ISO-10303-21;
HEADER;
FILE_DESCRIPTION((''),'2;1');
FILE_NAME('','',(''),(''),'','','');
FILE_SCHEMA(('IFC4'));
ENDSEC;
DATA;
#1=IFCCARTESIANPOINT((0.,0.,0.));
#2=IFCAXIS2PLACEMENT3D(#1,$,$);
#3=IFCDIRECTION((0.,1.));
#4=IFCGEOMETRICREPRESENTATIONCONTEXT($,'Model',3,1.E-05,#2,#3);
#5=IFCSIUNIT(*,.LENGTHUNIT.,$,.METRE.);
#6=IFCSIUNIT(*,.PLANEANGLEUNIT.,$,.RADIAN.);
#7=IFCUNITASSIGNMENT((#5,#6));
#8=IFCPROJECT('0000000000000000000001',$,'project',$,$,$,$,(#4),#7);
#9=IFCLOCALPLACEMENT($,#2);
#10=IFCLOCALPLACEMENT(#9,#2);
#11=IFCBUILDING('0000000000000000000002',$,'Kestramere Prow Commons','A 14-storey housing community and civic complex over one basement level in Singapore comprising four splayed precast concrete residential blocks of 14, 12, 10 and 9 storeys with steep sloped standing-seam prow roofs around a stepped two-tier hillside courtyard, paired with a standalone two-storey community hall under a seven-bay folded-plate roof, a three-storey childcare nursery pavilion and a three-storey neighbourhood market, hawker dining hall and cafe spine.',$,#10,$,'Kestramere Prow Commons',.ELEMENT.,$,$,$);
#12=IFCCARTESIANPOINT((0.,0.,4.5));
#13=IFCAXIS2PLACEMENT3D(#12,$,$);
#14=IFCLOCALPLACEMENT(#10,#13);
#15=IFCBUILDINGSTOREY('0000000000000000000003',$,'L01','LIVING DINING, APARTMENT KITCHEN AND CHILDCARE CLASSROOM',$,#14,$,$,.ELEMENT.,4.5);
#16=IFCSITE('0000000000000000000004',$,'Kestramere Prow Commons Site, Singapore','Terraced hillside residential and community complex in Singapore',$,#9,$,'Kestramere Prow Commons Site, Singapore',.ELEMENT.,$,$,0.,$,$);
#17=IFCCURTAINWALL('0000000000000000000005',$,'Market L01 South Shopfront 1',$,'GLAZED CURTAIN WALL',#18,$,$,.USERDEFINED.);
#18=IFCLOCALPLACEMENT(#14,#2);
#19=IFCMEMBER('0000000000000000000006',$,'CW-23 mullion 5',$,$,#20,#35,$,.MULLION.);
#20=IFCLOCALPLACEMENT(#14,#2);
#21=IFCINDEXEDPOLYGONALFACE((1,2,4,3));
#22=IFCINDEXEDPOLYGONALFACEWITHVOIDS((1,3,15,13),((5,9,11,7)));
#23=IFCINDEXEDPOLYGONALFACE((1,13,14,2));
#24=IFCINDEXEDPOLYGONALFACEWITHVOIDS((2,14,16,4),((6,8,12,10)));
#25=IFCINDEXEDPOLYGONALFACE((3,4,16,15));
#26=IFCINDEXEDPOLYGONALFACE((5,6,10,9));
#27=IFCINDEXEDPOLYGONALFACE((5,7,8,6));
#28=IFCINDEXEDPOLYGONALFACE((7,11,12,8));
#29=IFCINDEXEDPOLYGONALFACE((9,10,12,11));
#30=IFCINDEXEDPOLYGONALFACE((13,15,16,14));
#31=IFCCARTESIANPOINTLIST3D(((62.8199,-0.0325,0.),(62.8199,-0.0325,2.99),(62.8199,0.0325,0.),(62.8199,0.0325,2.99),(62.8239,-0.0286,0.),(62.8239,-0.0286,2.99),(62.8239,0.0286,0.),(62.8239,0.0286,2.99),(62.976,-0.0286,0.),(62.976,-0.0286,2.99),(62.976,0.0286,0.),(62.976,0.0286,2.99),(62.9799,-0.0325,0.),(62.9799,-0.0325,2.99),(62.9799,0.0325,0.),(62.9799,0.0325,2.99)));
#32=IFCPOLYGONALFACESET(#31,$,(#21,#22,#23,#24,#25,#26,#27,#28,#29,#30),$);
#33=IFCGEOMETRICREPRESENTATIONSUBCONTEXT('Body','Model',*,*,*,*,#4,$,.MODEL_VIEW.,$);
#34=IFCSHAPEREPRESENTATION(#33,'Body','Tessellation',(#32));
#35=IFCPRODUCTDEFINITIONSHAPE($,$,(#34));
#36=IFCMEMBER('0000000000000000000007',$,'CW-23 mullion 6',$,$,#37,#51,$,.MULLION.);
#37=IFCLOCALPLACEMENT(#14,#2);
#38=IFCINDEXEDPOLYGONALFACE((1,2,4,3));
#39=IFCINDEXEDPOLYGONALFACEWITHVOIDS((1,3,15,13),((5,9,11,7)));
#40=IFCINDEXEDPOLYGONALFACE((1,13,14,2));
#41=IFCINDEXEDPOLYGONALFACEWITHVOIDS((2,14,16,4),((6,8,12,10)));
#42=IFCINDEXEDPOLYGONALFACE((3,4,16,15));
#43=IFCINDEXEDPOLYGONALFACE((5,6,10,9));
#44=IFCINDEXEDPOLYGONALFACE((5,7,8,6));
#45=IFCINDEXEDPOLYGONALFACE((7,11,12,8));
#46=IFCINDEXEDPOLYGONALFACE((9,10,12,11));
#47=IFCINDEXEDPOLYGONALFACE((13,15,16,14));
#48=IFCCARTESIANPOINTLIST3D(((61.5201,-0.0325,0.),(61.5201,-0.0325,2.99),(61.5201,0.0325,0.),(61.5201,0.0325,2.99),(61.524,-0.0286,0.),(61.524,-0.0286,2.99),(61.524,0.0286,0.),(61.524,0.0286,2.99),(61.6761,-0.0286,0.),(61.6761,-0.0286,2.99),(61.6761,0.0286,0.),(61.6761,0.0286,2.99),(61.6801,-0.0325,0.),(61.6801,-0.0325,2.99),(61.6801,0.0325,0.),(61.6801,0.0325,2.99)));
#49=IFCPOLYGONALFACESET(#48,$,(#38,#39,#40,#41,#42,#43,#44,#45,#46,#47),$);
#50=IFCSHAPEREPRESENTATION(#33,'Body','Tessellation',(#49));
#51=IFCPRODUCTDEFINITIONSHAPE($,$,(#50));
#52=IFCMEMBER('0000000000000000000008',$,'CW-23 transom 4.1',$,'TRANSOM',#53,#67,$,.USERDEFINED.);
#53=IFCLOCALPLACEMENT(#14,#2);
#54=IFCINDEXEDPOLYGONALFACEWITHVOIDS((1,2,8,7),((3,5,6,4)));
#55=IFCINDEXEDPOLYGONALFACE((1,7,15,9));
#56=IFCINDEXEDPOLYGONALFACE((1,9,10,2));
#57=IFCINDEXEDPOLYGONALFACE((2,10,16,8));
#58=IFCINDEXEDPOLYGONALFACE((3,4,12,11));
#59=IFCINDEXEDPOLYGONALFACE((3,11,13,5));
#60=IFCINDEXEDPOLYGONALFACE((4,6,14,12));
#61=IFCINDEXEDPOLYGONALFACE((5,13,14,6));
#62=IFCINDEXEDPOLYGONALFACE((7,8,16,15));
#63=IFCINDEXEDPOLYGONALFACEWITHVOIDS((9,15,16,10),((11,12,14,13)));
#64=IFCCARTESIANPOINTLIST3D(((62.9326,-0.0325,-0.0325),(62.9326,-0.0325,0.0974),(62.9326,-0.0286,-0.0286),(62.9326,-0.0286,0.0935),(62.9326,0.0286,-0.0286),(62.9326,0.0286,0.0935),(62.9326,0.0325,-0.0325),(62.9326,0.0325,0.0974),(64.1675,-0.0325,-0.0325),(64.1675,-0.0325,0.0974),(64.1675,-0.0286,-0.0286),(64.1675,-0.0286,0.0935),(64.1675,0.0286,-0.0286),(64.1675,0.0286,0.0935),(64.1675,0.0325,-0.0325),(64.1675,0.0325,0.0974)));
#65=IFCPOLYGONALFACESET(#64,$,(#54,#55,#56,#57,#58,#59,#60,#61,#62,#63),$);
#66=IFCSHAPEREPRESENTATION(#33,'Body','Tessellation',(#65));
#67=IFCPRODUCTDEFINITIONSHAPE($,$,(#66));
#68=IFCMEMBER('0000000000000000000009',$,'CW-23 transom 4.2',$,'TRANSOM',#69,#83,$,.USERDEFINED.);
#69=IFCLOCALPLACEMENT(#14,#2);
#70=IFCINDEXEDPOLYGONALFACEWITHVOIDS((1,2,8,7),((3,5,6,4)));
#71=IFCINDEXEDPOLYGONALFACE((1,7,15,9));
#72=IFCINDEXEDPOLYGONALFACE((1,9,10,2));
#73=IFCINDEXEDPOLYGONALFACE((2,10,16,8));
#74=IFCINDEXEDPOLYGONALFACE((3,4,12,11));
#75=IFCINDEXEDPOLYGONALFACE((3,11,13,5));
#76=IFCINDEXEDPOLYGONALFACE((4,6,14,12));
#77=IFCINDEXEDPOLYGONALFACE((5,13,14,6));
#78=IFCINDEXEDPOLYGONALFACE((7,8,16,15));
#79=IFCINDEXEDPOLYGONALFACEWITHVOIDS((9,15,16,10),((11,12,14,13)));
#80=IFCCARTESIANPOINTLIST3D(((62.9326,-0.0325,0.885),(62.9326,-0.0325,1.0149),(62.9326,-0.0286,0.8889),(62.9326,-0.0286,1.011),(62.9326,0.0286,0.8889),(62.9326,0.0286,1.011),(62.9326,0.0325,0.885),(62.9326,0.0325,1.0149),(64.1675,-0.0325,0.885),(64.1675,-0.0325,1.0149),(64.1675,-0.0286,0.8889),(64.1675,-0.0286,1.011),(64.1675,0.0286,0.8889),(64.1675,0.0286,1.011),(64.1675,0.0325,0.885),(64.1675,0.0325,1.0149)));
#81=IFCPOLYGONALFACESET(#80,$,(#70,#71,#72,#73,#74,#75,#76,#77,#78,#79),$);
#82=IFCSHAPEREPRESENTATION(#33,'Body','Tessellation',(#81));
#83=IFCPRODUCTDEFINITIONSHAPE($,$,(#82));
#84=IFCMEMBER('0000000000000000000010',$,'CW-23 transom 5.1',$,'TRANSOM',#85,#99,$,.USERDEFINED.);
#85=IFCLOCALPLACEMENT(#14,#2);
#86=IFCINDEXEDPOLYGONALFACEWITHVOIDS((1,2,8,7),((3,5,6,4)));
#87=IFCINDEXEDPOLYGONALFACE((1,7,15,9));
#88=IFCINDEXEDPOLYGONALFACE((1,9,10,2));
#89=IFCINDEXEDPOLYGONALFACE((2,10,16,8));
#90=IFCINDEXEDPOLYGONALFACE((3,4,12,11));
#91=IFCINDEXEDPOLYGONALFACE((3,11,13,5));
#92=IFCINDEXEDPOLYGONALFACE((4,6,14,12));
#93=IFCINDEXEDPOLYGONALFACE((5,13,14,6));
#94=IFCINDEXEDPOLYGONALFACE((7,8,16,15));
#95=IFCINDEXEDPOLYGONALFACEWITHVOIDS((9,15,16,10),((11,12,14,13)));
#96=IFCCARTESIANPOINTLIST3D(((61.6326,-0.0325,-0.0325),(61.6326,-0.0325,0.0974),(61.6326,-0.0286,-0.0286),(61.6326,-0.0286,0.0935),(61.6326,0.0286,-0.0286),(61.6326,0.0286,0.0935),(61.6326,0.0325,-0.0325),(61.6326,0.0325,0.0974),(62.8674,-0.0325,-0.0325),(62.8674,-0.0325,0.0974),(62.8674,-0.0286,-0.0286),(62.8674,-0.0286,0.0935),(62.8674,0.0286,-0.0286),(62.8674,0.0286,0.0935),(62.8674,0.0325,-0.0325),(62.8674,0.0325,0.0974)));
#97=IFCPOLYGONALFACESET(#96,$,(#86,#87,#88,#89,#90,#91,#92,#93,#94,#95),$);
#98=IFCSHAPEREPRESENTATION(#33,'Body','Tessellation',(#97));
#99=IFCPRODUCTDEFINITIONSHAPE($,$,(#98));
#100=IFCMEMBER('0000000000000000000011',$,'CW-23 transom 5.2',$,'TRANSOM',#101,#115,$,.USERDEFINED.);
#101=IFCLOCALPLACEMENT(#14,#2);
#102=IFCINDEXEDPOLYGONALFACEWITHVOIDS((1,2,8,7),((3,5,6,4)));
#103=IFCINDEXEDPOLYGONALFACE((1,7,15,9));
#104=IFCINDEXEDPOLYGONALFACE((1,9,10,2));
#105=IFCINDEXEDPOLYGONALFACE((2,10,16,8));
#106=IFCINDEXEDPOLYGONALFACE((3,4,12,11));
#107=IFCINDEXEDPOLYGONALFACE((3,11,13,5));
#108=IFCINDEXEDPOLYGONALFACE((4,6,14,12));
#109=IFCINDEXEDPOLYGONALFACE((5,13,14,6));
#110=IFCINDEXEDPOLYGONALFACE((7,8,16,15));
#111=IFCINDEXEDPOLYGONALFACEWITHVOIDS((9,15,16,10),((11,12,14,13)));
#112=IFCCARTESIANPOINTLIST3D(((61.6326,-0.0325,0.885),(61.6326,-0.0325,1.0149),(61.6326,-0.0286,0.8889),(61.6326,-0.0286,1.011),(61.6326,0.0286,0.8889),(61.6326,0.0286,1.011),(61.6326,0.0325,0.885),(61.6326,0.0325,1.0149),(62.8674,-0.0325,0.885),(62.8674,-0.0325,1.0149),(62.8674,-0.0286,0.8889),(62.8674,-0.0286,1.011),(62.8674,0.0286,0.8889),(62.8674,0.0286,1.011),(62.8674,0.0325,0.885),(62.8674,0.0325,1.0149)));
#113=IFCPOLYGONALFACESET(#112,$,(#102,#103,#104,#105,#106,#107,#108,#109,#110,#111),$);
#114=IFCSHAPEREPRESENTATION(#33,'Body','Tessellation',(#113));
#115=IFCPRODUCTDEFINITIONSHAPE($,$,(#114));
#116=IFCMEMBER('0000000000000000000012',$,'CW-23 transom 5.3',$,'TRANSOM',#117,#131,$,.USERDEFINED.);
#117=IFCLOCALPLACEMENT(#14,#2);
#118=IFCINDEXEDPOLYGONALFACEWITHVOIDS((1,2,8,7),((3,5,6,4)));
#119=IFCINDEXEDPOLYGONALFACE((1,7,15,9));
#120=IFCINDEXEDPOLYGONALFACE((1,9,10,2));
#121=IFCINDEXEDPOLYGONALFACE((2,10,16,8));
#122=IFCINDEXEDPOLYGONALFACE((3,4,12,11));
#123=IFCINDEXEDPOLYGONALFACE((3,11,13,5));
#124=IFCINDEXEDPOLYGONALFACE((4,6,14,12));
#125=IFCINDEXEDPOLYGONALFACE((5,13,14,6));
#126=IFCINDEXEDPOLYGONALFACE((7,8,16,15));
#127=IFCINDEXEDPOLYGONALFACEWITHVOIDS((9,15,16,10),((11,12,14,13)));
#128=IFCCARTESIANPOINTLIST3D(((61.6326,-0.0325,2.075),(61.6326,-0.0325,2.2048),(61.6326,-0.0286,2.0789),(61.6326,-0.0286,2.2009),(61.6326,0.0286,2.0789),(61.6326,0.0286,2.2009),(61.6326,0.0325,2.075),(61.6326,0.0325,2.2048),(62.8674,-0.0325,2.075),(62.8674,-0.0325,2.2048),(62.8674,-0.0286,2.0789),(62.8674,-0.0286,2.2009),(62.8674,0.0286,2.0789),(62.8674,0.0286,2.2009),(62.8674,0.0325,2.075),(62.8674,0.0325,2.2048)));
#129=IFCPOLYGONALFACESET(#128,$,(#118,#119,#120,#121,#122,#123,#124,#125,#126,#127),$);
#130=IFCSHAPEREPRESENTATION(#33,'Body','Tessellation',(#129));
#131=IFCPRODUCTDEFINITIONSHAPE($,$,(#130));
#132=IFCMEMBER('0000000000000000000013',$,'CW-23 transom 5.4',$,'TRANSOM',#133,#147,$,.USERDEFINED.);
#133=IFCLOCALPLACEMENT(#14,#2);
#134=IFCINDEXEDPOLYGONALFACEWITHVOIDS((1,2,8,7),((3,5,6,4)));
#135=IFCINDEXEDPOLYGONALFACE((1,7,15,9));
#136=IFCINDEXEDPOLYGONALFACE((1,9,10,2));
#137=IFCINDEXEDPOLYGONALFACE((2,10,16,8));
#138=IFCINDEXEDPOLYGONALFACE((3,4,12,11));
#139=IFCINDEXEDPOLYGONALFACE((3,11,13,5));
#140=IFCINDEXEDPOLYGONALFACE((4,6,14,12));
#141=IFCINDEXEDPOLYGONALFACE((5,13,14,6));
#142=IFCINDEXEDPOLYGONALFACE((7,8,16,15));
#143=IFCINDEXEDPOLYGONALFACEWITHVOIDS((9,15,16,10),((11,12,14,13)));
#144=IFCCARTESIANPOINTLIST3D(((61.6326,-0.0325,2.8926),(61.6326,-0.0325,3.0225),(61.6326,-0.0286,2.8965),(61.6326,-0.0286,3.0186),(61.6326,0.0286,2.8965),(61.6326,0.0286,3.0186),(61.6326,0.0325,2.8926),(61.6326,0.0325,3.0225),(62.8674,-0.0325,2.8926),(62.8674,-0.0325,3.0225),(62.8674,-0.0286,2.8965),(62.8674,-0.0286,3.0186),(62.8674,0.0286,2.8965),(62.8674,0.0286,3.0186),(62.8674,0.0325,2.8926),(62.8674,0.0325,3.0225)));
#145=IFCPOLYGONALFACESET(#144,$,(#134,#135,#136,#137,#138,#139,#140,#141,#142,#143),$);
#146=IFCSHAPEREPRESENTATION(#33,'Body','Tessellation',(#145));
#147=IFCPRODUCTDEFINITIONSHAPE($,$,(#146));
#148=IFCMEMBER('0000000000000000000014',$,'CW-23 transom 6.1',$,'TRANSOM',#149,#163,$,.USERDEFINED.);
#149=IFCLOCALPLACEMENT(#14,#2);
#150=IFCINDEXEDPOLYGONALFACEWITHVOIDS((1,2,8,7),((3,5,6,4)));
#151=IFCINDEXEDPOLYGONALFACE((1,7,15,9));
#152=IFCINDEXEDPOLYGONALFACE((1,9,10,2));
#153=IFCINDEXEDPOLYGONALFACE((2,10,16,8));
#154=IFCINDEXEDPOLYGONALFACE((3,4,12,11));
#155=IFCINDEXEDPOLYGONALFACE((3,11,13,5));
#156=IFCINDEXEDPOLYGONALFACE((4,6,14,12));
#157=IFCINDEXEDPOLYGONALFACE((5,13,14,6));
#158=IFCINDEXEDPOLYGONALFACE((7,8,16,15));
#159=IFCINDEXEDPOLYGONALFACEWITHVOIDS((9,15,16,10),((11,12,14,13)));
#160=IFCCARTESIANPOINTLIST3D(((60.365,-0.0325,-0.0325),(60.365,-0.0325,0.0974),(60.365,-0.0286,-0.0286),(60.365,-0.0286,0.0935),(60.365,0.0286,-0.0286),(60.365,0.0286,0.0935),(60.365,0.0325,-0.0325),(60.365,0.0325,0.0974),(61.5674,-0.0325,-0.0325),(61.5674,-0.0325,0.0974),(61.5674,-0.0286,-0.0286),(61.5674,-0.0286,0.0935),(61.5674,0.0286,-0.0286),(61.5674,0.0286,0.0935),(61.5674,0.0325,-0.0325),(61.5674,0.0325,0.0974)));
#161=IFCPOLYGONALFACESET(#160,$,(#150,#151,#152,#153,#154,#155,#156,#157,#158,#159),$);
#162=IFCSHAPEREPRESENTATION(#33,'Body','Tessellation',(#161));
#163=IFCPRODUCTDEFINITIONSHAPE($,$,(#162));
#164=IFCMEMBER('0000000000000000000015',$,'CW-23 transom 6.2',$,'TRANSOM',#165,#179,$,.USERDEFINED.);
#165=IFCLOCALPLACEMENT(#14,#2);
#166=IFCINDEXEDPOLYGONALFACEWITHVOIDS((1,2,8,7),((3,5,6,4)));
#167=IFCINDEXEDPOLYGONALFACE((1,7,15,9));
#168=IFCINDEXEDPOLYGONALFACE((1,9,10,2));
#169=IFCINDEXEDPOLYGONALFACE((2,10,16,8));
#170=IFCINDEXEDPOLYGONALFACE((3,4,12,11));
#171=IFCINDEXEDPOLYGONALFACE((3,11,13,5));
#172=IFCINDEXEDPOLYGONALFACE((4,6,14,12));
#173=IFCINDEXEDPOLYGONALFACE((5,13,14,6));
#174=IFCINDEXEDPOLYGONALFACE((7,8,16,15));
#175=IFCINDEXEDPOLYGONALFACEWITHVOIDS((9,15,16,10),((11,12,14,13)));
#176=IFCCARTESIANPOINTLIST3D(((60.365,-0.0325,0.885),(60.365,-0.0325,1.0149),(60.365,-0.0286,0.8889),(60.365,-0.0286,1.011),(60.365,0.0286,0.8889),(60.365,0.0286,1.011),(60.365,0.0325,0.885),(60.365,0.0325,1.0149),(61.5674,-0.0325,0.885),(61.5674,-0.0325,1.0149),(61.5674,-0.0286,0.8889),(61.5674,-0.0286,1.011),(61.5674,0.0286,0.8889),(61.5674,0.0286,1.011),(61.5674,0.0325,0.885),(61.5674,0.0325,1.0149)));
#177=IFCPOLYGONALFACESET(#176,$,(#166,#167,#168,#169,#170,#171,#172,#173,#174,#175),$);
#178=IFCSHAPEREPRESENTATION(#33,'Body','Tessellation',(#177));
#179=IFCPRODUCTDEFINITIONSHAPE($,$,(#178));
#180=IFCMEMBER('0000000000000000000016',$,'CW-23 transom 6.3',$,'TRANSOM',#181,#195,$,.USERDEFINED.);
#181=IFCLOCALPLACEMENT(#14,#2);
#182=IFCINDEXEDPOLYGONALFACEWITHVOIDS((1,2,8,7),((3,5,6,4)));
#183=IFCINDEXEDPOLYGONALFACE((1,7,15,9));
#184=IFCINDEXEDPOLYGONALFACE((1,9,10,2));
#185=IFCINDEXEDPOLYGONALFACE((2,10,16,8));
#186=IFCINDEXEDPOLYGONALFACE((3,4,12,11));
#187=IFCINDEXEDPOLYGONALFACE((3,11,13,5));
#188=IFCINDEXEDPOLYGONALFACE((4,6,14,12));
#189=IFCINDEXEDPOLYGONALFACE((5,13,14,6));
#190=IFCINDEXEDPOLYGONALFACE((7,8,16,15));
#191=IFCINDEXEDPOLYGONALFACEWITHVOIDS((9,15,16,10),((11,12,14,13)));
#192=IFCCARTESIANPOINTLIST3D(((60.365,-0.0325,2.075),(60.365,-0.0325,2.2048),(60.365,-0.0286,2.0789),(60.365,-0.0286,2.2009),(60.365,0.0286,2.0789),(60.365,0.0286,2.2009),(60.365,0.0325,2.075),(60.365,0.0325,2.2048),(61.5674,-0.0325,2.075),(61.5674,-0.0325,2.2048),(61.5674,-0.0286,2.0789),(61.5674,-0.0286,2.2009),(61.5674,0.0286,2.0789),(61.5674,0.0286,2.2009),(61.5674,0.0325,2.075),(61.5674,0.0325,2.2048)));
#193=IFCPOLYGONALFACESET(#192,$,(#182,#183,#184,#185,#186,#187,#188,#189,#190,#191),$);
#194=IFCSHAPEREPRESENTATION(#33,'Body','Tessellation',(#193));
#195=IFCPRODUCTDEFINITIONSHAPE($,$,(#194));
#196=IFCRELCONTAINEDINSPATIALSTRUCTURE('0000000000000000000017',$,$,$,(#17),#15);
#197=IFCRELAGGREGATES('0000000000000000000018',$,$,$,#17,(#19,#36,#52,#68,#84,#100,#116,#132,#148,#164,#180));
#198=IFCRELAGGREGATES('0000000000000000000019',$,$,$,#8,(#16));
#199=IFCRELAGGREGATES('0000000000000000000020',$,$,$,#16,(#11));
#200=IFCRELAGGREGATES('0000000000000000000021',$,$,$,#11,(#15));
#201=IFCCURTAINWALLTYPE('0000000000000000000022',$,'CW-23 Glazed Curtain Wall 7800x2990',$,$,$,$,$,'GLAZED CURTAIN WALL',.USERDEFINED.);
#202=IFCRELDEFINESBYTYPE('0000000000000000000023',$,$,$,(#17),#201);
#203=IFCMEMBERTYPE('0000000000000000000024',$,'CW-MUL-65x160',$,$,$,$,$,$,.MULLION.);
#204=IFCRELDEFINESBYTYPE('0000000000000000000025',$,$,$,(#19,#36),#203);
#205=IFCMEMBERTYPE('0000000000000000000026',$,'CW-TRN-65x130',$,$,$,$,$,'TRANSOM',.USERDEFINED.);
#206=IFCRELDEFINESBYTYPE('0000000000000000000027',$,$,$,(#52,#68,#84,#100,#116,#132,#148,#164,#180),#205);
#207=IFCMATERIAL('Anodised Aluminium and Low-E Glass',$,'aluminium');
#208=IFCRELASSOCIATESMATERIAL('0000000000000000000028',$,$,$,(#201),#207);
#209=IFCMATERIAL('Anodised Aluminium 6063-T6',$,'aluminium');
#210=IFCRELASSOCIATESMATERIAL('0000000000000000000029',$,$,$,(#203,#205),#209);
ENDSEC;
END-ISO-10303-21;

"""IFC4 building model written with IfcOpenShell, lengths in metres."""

from ifc_helpers import new_model, si_unit, direction, frame, origin, origin_2d, place, context, subcontext, project, spatial, hollow_rectangle, extrude, material, material_profile, profile_set, type_object, element, aggregate, save


model = new_model("IFC4")

# Units and contexts
model_context = context("Model", 3, precision=1e-05, world=origin(), true_north=direction((0.0, 1.0)))
body_context = subcontext(model_context, "Body", "Model", "MODEL_VIEW")
ifc_project = project(units=[si_unit("LENGTHUNIT", "METRE"), si_unit("PLANEANGLEUNIT", "RADIAN")], contexts=[model_context])

# Site, building, storey
site_placement = place(None, origin())
site = spatial("IfcSite", under=ifc_project, at=site_placement, Name="Kestramere Prow Commons Site, Singapore", Description="Terraced hillside residential and community complex in Singapore", LongName="Kestramere Prow Commons Site, Singapore", CompositionType="ELEMENT", RefElevation=0.0)
building_placement = place(site_placement, origin())
building = spatial("IfcBuilding", under=site, at=building_placement, Name="Kestramere Prow Commons", Description="A 14-storey housing community and civic complex over one basement level in Singapore comprising four splayed precast concrete residential blocks of 14, 12, 10 and 9 storeys with steep sloped standing-seam prow roofs around a stepped two-tier hillside courtyard, paired with a standalone two-storey community hall under a seven-bay folded-plate roof, a three-storey childcare nursery pavilion and a three-storey neighbourhood market, hawker dining hall and cafe spine.", LongName="Kestramere Prow Commons", CompositionType="ELEMENT")
storey_placement = place(building_placement, frame((0.0, 0.0, 4.5)))
storey = spatial("IfcBuildingStorey", under=building, at=storey_placement, Name="L01", Description="LIVING DINING, APARTMENT KITCHEN AND CHILDCARE CLASSROOM", CompositionType="ELEMENT", Elevation=4.5)

# Curtain wall, members
ifc_material_1 = material(Name="Anodised Aluminium and Low-E Glass", Category="aluminium")
curtain_wall_type = type_object("IfcCurtainWallType", Name="CW-23 Glazed Curtain Wall 7800x2990", ElementType="GLAZED CURTAIN WALL", PredefinedType="USERDEFINED", material=ifc_material_1)
curtain_wall_placement = place(storey_placement, origin())
curtain_wall = element("IfcCurtainWall", 1, at=curtain_wall_placement, inside=storey, type_object=curtain_wall_type, Name="Market L01 South Shopfront 1", ObjectType="GLAZED CURTAIN WALL", PredefinedType="USERDEFINED")
ifc_material_2 = material(Name="Anodised Aluminium 6063-T6", Category="aluminium")
ifc_material_profile_1 = material_profile(ifc_material_2, hollow_rectangle(XDim=0.0649, YDim=0.1599, WallThickness=0.0039, at=origin_2d()), Name="ALU-MUL 65x160")
ifc_profile_set_1 = profile_set([ifc_material_profile_1], Name="Anodised Aluminium 6063-T6")
member_type_1 = type_object("IfcMemberType", Name="CW-MUL-65x160", PredefinedType="MULLION", material=ifc_profile_set_1)
member_1_placement = place(storey_placement, frame((62.8999, 0.0, 0.0), z_axis=(0.0, 0.0, 1.0), x_axis=(0.0, -1.0, 0.0)))
member_1 = element("IfcMember", 2, at=member_1_placement, type_object=member_type_1, Name="CW-23 mullion 5", PredefinedType="MULLION", context=body_context, shape_type="SweptSolid", body=[
    extrude(hollow_rectangle(XDim=0.0649, YDim=0.1599, WallThickness=0.0039, at=origin_2d()), origin(), (0.0, 0.0, 1.0), 2.99),
])
member_2_placement = place(storey_placement, frame((61.6001, 0.0, 0.0), z_axis=(0.0, 0.0, 1.0), x_axis=(0.0, -1.0, 0.0)))
member_2 = element("IfcMember", 3, at=member_2_placement, type_object=member_type_1, Name="CW-23 mullion 6", PredefinedType="MULLION", context=body_context, shape_type="SweptSolid", body=[
    extrude(hollow_rectangle(XDim=0.0649, YDim=0.1599, WallThickness=0.0039, at=origin_2d()), origin(), (0.0, 0.0, 1.0), 2.99),
])
ifc_material_profile_2 = material_profile(ifc_material_2, hollow_rectangle(XDim=0.0649, YDim=0.1299, WallThickness=0.0039, at=origin_2d()), Name="ALU-TRN 65x130")
ifc_profile_set_2 = profile_set([ifc_material_profile_2], Name="Anodised Aluminium 6063-T6")
member_type_2 = type_object("IfcMemberType", Name="CW-TRN-65x130", ElementType="TRANSOM", PredefinedType="USERDEFINED", material=ifc_profile_set_2)
member_3_placement = place(storey_placement, frame((64.1675, 0.0, 0.0325), z_axis=(-1.0, 0.0, 0.0), x_axis=(0.0, -1.0, 0.0)))
member_3 = element("IfcMember", 4, at=member_3_placement, type_object=member_type_2, Name="CW-23 transom 4.1", ObjectType="TRANSOM", PredefinedType="USERDEFINED", context=body_context, shape_type="SweptSolid", body=[
    extrude(hollow_rectangle(XDim=0.0649, YDim=0.1299, WallThickness=0.0039, at=origin_2d()), origin(), (0.0, 0.0, 1.0), 1.2349),
])
member_4_placement = place(storey_placement, frame((64.1675, 0.0, 0.95), z_axis=(-1.0, 0.0, 0.0), x_axis=(0.0, -1.0, 0.0)))
member_4 = element("IfcMember", 5, at=member_4_placement, type_object=member_type_2, Name="CW-23 transom 4.2", ObjectType="TRANSOM", PredefinedType="USERDEFINED", context=body_context, shape_type="SweptSolid", body=[
    extrude(hollow_rectangle(XDim=0.0649, YDim=0.1299, WallThickness=0.0039, at=origin_2d()), origin(), (0.0, 0.0, 1.0), 1.2349),
])
member_5_placement = place(storey_placement, frame((62.8674, 0.0, 0.0325), z_axis=(-1.0, 0.0, 0.0), x_axis=(0.0, -1.0, 0.0)))
member_5 = element("IfcMember", 6, at=member_5_placement, type_object=member_type_2, Name="CW-23 transom 5.1", ObjectType="TRANSOM", PredefinedType="USERDEFINED", context=body_context, shape_type="SweptSolid", body=[
    extrude(hollow_rectangle(XDim=0.0649, YDim=0.1299, WallThickness=0.0039, at=origin_2d()), origin(), (0.0, 0.0, 1.0), 1.2349),
])
member_6_placement = place(storey_placement, frame((62.8674, 0.0, 0.95), z_axis=(-1.0, 0.0, 0.0), x_axis=(0.0, -1.0, 0.0)))
member_6 = element("IfcMember", 7, at=member_6_placement, type_object=member_type_2, Name="CW-23 transom 5.2", ObjectType="TRANSOM", PredefinedType="USERDEFINED", context=body_context, shape_type="SweptSolid", body=[
    extrude(hollow_rectangle(XDim=0.0649, YDim=0.1299, WallThickness=0.0039, at=origin_2d()), origin(), (0.0, 0.0, 1.0), 1.2349),
])
member_7_placement = place(storey_placement, frame((62.8674, 0.0, 2.1399), z_axis=(-1.0, 0.0, 0.0), x_axis=(0.0, -1.0, 0.0)))
member_7 = element("IfcMember", 8, at=member_7_placement, type_object=member_type_2, Name="CW-23 transom 5.3", ObjectType="TRANSOM", PredefinedType="USERDEFINED", context=body_context, shape_type="SweptSolid", body=[
    extrude(hollow_rectangle(XDim=0.0649, YDim=0.1299, WallThickness=0.0039, at=origin_2d()), origin(), (0.0, 0.0, 1.0), 1.2349),
])
member_8_placement = place(storey_placement, frame((62.8674, 0.0, 2.9575), z_axis=(-1.0, 0.0, 0.0), x_axis=(0.0, -1.0, 0.0)))
member_8 = element("IfcMember", 9, at=member_8_placement, type_object=member_type_2, Name="CW-23 transom 5.4", ObjectType="TRANSOM", PredefinedType="USERDEFINED", context=body_context, shape_type="SweptSolid", body=[
    extrude(hollow_rectangle(XDim=0.0649, YDim=0.1299, WallThickness=0.0039, at=origin_2d()), origin(), (0.0, 0.0, 1.0), 1.2349),
])
member_9_placement = place(storey_placement, frame((61.5674, 0.0, 0.0325), z_axis=(-1.0, 0.0, 0.0), x_axis=(0.0, -1.0, 0.0)))
member_9 = element("IfcMember", 10, at=member_9_placement, type_object=member_type_2, Name="CW-23 transom 6.1", ObjectType="TRANSOM", PredefinedType="USERDEFINED", context=body_context, shape_type="SweptSolid", body=[
    extrude(hollow_rectangle(XDim=0.0649, YDim=0.1299, WallThickness=0.0039, at=origin_2d()), origin(), (0.0, 0.0, 1.0), 1.2024),
])
member_10_placement = place(storey_placement, frame((61.5674, 0.0, 0.95), z_axis=(-1.0, 0.0, 0.0), x_axis=(0.0, -1.0, 0.0)))
member_10 = element("IfcMember", 11, at=member_10_placement, type_object=member_type_2, Name="CW-23 transom 6.2", ObjectType="TRANSOM", PredefinedType="USERDEFINED", context=body_context, shape_type="SweptSolid", body=[
    extrude(hollow_rectangle(XDim=0.0649, YDim=0.1299, WallThickness=0.0039, at=origin_2d()), origin(), (0.0, 0.0, 1.0), 1.2024),
])
member_11_placement = place(storey_placement, frame((61.5674, 0.0, 2.1399), z_axis=(-1.0, 0.0, 0.0), x_axis=(0.0, -1.0, 0.0)))
member_11 = element("IfcMember", 12, at=member_11_placement, type_object=member_type_2, Name="CW-23 transom 6.3", ObjectType="TRANSOM", PredefinedType="USERDEFINED", context=body_context, shape_type="SweptSolid", body=[
    extrude(hollow_rectangle(XDim=0.0649, YDim=0.1299, WallThickness=0.0039, at=origin_2d()), origin(), (0.0, 0.0, 1.0), 1.2024),
])
aggregate(curtain_wall, [member_1, member_2, member_3, member_4, member_5, member_6, member_7, member_8, member_9, member_10, member_11])

save(model, "model.ifc")
